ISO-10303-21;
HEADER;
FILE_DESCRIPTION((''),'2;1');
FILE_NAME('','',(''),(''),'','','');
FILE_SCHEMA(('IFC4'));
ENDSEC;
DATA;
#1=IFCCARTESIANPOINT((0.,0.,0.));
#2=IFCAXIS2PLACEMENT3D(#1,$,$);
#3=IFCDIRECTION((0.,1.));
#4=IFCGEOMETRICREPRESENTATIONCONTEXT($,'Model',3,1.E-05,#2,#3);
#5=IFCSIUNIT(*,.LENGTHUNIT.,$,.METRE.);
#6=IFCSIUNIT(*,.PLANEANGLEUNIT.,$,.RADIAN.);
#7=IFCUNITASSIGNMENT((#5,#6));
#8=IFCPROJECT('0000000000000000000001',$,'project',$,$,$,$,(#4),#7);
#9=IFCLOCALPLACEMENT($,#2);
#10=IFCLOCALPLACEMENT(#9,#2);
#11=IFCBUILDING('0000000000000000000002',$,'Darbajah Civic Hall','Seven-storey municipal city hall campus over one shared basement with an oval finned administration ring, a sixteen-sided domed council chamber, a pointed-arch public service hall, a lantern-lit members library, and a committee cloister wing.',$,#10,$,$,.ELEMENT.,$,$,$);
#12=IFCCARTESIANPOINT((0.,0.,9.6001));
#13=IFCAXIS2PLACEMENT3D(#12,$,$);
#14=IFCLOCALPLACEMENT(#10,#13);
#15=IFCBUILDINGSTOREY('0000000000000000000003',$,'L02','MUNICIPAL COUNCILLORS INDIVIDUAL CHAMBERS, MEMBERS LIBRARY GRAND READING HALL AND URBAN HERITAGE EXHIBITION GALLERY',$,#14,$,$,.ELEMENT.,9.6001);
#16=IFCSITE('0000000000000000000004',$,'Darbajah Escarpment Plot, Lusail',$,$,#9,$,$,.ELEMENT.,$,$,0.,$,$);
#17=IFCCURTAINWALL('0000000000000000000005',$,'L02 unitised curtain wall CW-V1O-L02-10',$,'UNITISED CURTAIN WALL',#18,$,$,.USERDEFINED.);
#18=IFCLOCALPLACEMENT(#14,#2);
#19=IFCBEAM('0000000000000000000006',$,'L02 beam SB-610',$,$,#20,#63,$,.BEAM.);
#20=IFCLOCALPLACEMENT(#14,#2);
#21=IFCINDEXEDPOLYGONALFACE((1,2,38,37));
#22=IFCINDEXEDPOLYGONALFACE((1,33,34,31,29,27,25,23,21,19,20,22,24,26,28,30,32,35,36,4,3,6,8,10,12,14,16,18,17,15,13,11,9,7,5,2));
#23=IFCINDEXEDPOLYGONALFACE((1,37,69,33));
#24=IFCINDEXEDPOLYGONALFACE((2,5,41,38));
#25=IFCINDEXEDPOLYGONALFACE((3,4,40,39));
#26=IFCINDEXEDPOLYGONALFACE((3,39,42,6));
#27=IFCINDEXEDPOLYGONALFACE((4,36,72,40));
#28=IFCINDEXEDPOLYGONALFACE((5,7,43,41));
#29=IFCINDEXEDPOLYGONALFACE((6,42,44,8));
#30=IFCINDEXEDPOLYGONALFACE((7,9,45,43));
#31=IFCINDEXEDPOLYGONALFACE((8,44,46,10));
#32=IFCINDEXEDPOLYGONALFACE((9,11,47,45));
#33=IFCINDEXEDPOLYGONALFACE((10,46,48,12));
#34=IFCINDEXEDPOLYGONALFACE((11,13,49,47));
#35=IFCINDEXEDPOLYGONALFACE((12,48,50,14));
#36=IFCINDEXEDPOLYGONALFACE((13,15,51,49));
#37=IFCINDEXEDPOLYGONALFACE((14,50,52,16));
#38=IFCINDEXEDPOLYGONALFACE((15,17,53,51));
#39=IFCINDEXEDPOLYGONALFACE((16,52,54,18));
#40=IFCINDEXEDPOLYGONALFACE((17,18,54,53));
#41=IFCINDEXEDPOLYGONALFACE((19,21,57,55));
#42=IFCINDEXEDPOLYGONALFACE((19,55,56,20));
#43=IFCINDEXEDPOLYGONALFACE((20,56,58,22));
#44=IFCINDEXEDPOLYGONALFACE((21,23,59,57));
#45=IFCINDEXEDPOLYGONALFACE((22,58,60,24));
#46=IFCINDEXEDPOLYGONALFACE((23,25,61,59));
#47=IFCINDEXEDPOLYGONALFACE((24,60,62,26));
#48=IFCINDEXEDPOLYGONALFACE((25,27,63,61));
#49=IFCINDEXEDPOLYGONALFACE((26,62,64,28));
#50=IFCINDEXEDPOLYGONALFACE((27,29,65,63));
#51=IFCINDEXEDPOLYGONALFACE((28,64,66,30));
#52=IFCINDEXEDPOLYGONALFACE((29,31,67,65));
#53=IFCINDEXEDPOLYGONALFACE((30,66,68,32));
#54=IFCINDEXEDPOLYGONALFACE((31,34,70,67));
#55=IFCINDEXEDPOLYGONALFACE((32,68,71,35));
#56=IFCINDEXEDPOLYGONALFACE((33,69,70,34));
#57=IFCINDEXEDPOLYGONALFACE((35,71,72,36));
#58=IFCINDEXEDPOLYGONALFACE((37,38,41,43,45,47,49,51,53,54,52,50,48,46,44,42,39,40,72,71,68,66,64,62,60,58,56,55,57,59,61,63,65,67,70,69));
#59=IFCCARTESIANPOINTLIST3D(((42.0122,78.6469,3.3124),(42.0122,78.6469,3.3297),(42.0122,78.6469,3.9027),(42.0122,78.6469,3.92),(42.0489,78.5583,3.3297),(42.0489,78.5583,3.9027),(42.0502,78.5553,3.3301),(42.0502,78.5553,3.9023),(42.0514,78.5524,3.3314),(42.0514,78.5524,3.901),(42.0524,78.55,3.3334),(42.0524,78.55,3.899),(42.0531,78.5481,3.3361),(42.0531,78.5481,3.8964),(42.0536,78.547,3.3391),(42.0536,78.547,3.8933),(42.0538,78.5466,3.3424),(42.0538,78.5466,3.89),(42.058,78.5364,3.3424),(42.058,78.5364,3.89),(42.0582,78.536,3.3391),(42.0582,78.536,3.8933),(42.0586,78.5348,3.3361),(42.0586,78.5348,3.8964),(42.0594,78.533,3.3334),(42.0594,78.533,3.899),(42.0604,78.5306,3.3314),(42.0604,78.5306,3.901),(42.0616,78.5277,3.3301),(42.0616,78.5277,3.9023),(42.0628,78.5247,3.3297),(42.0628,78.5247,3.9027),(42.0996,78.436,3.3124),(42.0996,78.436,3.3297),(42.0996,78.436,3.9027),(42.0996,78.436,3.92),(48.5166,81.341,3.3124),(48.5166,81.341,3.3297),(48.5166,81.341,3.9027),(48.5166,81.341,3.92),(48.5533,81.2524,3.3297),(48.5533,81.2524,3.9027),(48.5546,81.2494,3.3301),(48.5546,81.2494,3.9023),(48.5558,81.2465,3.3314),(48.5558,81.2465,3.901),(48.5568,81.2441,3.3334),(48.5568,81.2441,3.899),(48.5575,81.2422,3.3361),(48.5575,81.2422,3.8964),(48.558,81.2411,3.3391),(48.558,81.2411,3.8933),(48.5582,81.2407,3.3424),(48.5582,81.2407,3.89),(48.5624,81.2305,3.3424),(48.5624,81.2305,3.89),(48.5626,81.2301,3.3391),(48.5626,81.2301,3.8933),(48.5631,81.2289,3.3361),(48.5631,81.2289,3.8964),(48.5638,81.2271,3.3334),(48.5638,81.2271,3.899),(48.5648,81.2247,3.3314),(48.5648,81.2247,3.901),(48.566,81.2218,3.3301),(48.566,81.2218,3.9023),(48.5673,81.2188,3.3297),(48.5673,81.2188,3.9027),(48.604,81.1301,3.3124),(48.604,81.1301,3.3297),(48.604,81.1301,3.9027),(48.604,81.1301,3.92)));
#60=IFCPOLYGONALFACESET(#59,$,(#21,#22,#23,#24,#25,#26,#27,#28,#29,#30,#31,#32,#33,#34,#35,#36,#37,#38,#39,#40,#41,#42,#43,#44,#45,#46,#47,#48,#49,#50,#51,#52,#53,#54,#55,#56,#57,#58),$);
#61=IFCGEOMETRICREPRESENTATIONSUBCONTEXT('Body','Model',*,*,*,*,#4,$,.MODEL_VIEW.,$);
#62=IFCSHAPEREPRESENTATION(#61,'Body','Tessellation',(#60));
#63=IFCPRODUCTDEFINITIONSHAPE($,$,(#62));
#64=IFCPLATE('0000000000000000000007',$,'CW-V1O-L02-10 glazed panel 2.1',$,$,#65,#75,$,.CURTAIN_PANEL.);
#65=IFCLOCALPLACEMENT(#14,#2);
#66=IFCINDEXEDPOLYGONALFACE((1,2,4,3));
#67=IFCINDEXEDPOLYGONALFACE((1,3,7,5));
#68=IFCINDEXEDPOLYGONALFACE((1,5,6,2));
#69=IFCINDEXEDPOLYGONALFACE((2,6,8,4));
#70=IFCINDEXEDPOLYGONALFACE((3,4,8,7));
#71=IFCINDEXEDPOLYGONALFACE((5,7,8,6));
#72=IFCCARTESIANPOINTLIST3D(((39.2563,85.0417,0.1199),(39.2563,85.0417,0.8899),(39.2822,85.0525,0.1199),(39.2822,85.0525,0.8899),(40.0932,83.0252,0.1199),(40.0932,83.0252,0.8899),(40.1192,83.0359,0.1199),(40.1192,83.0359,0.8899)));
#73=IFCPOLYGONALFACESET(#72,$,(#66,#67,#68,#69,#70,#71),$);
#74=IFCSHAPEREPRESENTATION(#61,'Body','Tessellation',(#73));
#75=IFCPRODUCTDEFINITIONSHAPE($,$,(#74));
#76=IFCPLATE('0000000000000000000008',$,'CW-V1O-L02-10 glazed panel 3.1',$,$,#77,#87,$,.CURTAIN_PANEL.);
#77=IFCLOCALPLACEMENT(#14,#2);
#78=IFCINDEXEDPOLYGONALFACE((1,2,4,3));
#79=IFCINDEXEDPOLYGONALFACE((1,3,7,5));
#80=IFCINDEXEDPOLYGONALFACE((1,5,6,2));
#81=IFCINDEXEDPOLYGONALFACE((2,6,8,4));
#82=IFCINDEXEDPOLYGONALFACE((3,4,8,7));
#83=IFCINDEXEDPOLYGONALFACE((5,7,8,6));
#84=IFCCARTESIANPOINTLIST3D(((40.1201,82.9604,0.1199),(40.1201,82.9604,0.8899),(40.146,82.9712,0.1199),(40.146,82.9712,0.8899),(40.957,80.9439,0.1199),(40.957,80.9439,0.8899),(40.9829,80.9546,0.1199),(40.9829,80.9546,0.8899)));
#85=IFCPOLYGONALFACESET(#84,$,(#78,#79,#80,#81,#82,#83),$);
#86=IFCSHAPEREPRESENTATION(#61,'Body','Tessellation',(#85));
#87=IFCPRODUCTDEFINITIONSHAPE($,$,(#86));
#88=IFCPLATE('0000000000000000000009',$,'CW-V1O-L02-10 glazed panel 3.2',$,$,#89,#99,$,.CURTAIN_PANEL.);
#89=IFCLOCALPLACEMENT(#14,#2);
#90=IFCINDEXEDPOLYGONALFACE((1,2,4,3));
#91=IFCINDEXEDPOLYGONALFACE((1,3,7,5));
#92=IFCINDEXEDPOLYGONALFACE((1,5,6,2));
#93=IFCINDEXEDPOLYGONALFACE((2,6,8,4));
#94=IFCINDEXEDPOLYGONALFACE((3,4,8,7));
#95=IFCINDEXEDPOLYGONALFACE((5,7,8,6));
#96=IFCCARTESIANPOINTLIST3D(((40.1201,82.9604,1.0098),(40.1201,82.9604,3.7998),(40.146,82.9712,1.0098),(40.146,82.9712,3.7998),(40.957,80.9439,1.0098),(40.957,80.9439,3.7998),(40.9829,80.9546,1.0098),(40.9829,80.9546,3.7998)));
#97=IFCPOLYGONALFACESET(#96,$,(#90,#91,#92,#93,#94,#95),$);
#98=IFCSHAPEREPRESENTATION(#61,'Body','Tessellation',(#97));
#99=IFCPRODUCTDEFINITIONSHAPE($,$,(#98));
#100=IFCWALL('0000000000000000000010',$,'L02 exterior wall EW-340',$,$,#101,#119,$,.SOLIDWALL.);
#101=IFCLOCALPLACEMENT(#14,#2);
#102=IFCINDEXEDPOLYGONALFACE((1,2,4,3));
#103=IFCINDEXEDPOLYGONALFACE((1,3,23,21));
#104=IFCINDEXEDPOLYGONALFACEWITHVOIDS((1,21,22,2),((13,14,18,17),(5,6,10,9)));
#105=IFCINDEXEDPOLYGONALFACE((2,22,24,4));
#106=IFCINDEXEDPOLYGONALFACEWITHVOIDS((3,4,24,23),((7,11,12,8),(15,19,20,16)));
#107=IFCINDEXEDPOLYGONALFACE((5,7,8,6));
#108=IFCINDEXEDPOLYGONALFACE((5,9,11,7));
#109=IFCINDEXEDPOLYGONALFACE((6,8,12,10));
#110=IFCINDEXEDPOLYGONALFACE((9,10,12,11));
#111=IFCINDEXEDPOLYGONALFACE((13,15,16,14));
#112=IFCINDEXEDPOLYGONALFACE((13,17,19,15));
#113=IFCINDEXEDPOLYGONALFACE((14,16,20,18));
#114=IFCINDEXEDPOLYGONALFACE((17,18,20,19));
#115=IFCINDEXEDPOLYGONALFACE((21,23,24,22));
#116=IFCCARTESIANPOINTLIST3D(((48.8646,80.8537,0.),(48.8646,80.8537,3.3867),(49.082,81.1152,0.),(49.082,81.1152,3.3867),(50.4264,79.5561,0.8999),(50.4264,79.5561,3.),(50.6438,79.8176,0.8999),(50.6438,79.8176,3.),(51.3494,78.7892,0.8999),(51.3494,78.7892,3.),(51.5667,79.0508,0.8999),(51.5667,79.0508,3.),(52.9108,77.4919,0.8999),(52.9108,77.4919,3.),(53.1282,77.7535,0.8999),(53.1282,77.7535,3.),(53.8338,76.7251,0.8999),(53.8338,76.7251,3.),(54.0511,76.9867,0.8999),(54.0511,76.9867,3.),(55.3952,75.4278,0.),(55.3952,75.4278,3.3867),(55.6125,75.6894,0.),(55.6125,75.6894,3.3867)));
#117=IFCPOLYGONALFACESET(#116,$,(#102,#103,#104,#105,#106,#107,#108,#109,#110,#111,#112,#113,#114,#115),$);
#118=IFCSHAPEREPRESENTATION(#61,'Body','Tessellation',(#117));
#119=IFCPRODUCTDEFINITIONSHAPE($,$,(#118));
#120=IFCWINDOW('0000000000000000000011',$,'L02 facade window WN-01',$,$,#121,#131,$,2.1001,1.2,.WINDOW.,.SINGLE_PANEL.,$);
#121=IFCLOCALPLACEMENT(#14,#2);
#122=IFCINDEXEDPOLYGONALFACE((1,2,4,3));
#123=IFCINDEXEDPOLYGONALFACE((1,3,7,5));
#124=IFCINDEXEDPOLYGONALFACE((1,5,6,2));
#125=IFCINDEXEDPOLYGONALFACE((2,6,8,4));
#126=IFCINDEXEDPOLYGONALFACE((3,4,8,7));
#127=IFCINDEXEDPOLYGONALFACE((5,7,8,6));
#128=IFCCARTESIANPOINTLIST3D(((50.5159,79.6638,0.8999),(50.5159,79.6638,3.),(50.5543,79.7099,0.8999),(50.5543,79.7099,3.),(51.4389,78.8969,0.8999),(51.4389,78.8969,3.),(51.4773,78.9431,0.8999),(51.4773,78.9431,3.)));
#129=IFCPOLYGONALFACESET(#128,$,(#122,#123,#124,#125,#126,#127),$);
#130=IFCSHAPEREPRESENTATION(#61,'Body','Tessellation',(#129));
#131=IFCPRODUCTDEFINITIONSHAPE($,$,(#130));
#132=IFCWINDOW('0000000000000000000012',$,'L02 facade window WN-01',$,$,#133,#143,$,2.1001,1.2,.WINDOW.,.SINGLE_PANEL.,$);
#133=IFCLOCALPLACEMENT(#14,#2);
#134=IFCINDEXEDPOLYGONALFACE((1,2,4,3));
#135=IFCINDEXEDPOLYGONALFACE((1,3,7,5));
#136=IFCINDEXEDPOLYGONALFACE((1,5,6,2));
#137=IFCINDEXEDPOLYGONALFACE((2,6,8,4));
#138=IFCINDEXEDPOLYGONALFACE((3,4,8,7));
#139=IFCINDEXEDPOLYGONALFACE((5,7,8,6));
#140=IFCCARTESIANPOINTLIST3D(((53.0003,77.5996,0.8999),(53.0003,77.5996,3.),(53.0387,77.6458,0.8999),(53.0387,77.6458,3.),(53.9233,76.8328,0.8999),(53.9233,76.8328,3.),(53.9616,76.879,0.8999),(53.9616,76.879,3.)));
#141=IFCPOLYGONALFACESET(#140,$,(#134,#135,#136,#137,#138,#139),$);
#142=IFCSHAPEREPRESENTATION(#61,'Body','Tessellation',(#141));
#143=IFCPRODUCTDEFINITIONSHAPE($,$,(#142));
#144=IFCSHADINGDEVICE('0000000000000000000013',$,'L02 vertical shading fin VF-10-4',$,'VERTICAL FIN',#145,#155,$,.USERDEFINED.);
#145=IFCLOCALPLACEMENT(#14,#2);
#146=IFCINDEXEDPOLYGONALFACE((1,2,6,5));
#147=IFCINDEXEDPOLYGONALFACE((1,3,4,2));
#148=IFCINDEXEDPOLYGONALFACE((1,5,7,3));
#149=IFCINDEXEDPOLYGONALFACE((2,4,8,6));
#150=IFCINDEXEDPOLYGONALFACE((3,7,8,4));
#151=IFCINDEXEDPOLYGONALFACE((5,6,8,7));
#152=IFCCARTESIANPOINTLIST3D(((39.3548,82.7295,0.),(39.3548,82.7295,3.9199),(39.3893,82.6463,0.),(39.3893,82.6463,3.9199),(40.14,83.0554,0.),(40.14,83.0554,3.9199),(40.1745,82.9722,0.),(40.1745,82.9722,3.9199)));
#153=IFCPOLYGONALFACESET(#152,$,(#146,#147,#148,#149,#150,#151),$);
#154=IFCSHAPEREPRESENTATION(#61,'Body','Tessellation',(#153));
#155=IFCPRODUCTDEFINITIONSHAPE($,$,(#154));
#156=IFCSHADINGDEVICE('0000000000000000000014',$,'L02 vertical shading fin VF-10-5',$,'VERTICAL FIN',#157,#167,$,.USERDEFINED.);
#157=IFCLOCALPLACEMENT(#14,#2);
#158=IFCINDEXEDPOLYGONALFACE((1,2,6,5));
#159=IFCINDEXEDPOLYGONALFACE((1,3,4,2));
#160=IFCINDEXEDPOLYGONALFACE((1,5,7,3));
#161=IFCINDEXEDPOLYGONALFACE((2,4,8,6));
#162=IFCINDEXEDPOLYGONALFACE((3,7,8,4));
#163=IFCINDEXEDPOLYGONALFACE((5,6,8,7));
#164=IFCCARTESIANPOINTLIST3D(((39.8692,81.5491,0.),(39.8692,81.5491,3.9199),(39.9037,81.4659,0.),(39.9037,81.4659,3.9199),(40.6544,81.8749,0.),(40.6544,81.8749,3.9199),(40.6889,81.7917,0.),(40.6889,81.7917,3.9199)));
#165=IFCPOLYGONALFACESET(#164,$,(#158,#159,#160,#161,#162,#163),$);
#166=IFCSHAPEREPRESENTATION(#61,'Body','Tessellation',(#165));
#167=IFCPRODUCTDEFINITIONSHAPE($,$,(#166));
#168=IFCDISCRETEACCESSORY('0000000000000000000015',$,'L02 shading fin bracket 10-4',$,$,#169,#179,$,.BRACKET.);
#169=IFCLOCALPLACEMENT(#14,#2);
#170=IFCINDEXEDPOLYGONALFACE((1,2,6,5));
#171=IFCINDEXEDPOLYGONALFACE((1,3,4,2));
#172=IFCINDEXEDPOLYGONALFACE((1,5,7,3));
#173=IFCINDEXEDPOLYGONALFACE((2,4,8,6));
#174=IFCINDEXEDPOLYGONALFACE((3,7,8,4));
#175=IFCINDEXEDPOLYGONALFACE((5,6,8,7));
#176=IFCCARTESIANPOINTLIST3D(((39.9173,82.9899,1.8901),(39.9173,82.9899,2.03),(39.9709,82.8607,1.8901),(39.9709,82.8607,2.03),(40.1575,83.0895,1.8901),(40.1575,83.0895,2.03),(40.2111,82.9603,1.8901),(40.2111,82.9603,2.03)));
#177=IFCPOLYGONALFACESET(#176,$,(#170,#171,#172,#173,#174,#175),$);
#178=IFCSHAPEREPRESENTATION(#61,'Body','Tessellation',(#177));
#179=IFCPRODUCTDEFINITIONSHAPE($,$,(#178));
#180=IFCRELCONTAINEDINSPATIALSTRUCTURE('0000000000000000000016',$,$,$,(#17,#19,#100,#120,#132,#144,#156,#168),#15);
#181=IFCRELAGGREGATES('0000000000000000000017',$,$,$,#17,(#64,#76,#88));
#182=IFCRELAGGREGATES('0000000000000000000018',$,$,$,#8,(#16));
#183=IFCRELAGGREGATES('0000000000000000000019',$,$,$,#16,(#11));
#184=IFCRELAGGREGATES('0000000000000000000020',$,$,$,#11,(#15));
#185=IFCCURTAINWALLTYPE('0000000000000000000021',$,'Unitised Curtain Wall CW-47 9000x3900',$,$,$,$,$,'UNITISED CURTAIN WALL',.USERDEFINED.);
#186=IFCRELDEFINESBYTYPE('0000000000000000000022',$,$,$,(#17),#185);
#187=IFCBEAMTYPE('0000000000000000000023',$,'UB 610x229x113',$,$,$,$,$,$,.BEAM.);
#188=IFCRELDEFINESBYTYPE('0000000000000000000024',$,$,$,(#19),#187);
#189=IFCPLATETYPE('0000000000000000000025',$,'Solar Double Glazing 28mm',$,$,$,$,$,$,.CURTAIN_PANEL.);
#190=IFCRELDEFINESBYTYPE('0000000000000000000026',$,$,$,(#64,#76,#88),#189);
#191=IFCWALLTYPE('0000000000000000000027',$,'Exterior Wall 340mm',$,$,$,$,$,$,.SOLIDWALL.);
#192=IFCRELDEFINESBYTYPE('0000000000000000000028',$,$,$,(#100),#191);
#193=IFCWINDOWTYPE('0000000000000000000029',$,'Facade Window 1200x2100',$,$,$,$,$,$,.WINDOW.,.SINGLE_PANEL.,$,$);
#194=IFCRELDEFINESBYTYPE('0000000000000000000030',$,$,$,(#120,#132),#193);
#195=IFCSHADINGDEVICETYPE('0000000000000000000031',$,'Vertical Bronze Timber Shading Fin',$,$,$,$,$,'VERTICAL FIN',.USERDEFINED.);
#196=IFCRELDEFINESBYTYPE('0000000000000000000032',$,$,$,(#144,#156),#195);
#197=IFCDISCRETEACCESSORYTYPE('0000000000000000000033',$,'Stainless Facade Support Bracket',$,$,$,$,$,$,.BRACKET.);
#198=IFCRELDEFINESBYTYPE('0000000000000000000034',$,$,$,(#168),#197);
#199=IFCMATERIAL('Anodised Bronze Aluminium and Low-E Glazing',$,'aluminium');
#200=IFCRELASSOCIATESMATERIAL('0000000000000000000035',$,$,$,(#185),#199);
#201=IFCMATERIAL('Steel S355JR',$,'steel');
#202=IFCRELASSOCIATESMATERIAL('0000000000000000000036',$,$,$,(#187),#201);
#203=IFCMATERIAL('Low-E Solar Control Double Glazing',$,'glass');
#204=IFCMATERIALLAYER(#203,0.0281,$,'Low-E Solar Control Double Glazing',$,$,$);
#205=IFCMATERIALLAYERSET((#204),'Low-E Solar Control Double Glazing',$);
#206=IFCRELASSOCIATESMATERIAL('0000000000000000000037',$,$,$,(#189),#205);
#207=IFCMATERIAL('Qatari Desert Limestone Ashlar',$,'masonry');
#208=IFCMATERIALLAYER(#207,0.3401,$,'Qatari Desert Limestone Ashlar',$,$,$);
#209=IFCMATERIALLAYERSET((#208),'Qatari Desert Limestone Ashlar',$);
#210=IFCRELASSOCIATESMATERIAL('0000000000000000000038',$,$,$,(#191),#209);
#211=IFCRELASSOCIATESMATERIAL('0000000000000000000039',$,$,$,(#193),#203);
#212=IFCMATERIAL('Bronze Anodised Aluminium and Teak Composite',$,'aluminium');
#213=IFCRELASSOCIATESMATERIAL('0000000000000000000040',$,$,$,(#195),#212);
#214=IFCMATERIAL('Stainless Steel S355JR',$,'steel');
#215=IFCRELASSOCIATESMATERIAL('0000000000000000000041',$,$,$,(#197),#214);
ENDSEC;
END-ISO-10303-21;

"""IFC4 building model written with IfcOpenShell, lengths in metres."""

from ifc_helpers import new_model, si_unit, direction, frame, frame_2d, origin, origin_2d, place, context, subcontext, project, spatial, rectangle, i_section, extrude, material, layer, layer_set, material_profile, profile_set, type_object, element, fill, aggregate, save


model = new_model("IFC4")

# Units and contexts
model_context = context("Model", 3, precision=1e-05, world=origin(), true_north=direction((0.0, 1.0)))
body_context = subcontext(model_context, "Body", "Model", "MODEL_VIEW")
ifc_project = project(units=[si_unit("LENGTHUNIT", "METRE"), si_unit("PLANEANGLEUNIT", "RADIAN")], contexts=[model_context])

# Site, building, storey
site_placement = place(None, origin())
site = spatial("IfcSite", under=ifc_project, at=site_placement, Name="Darbajah Escarpment Plot, Lusail", CompositionType="ELEMENT", RefElevation=0.0)
building_placement = place(site_placement, origin())
building = spatial("IfcBuilding", under=site, at=building_placement, Name="Darbajah Civic Hall", Description="Seven-storey municipal city hall campus over one shared basement with an oval finned administration ring, a sixteen-sided domed council chamber, a pointed-arch public service hall, a lantern-lit members library, and a committee cloister wing.", CompositionType="ELEMENT")
storey_placement = place(building_placement, frame((0.0, 0.0, 9.6001)))
storey = spatial("IfcBuildingStorey", under=building, at=storey_placement, Name="L02", Description="MUNICIPAL COUNCILLORS INDIVIDUAL CHAMBERS, MEMBERS LIBRARY GRAND READING HALL AND URBAN HERITAGE EXHIBITION GALLERY", CompositionType="ELEMENT", Elevation=9.6001)

# Curtain wall
ifc_material_1 = material(Name="Anodised Bronze Aluminium and Low-E Glazing", Category="aluminium")
curtain_wall_type = type_object("IfcCurtainWallType", Name="Unitised Curtain Wall CW-47 9000x3900", ElementType="UNITISED CURTAIN WALL", PredefinedType="USERDEFINED", material=ifc_material_1)
curtain_wall_placement = place(storey_placement, origin())
curtain_wall = element("IfcCurtainWall", 1, at=curtain_wall_placement, inside=storey, type_object=curtain_wall_type, Name="L02 unitised curtain wall CW-V1O-L02-10", ObjectType="UNITISED CURTAIN WALL", PredefinedType="USERDEFINED")

# Beam
ifc_material_2 = material(Name="Steel S355JR", Category="steel")
ifc_material_profile_1 = material_profile(ifc_material_2, i_section(OverallWidth=0.2283, OverallDepth=0.6077, WebThickness=0.011, FlangeThickness=0.0173, FilletRadius=0.0127, at=origin_2d()), Name="UB 610x229x113")
ifc_profile_set_1 = profile_set([ifc_material_profile_1], Name="Steel S355JR")
beam_type_1 = type_object("IfcBeamType", Name="UB 610x229x113", PredefinedType="BEAM", material=ifc_profile_set_1)
beam_1_placement = place(storey_placement, frame((48.5603, 81.2356, 3.6162), z_axis=(-0.923885, -0.382669, 0.0), x_axis=(0.382669, -0.923885, 0.0)))
element("IfcBeam", 2, at=beam_1_placement, inside=storey, type_object=beam_type_1, Name="L02 beam SB-610", PredefinedType="BEAM", context=body_context, shape_type="SweptSolid", body=[
    extrude(i_section(OverallWidth=0.2283, OverallDepth=0.6077, WebThickness=0.011, FlangeThickness=0.0173, FilletRadius=0.0127, at=origin_2d()), origin(), (0.0, 0.0, 1.0), 7.0403),
])

# Plates
ifc_material_3 = material(Name="Low-E Solar Control Double Glazing", Category="glass")
ifc_layer_1 = layer(ifc_material_3, 0.0281, Name="Low-E Solar Control Double Glazing")
ifc_layer_set_1 = layer_set([ifc_layer_1], Name="Low-E Solar Control Double Glazing")
plate_type = type_object("IfcPlateType", Name="Solar Double Glazing 28mm", PredefinedType="CURTAIN_PANEL", material=ifc_layer_set_1)
plate_1_placement = place(storey_placement, frame((39.6877, 84.0388, 0.1199), z_axis=(0.0, 0.0, 1.0), x_axis=(0.383328, -0.923612, 0.0)))
plate_1 = element("IfcPlate", 3, at=plate_1_placement, type_object=plate_type, Name="CW-V1O-L02-10 glazed panel 2.1", PredefinedType="CURTAIN_PANEL", context=body_context, shape_type="SweptSolid", body=[
    extrude(rectangle(XDim=2.1833, YDim=0.0281, at=origin_2d()), origin(), (0.0, 0.0, 1.0), 0.77),
])
plate_2_placement = place(storey_placement, frame((40.5515, 81.9575, 0.1199), z_axis=(0.0, 0.0, 1.0), x_axis=(0.383328, -0.923612, 0.0)))
plate_2 = element("IfcPlate", 4, at=plate_2_placement, type_object=plate_type, Name="CW-V1O-L02-10 glazed panel 3.1", PredefinedType="CURTAIN_PANEL", context=body_context, shape_type="SweptSolid", body=[
    extrude(rectangle(XDim=2.1833, YDim=0.0281, at=origin_2d()), origin(), (0.0, 0.0, 1.0), 0.77),
])
plate_3_placement = place(storey_placement, frame((40.5515, 81.9575, 1.0098), z_axis=(0.0, 0.0, 1.0), x_axis=(0.383328, -0.923612, 0.0)))
plate_3 = element("IfcPlate", 5, at=plate_3_placement, type_object=plate_type, Name="CW-V1O-L02-10 glazed panel 3.2", PredefinedType="CURTAIN_PANEL", context=body_context, shape_type="SweptSolid", body=[
    extrude(rectangle(XDim=2.1833, YDim=0.0281, at=origin_2d()), origin(), (0.0, 0.0, 1.0), 2.79),
])
aggregate(curtain_wall, [plate_1, plate_2, plate_3])

# Wall, openings, windows
ifc_material_4 = material(Name="Qatari Desert Limestone Ashlar", Category="masonry")
ifc_layer_2 = layer(ifc_material_4, 0.3401, Name="Qatari Desert Limestone Ashlar")
ifc_layer_set_2 = layer_set([ifc_layer_2], Name="Qatari Desert Limestone Ashlar")
wall_type = type_object("IfcWallType", Name="Exterior Wall 340mm", PredefinedType="SOLIDWALL", material=ifc_layer_set_2)
wall_placement = place(storey_placement, frame((48.9734, 80.9844, 0.0), z_axis=(0.0, 0.0, 1.0), x_axis=(0.769166, -0.63905, 0.0)))
wall = element("IfcWall", 6, at=wall_placement, inside=storey, type_object=wall_type, Name="L02 exterior wall EW-340", PredefinedType="SOLIDWALL", context=body_context, shape_type="SweptSolid", body=[
    extrude(rectangle(XDim=8.4905, YDim=0.3401, at=frame_2d((4.2451, 0.0))), origin(), (0.0, 0.0, 1.0), 3.3867),
])
opening_1_placement = place(wall_placement, frame((2.0303, 0.0, 0.8999)))
opening_1 = element("IfcOpeningElement", 7, at=opening_1_placement, cuts=wall, PredefinedType="OPENING", context=body_context, shape_type="SweptSolid", body=[
    extrude(rectangle(XDim=1.2, YDim=2.1001, at=frame_2d((0.6001, 1.05))), frame((0.0, 0.1799, 0.0), z_axis=(0.0, -1.0, 0.0), x_axis=(1.0, 0.0, 0.0)), (0.0, 0.0, 1.0), 0.3601),
])
opening_2_placement = place(wall_placement, frame((5.2603, 0.0, 0.8999)))
opening_2 = element("IfcOpeningElement", 8, at=opening_2_placement, cuts=wall, PredefinedType="OPENING", context=body_context, shape_type="SweptSolid", body=[
    extrude(rectangle(XDim=1.2, YDim=2.1001, at=frame_2d((0.6001, 1.05))), frame((0.0, 0.1799, 0.0), z_axis=(0.0, -1.0, 0.0), x_axis=(1.0, 0.0, 0.0)), (0.0, 0.0, 1.0), 0.3601),
])
window_type = type_object("IfcWindowType", Name="Facade Window 1200x2100", PartitioningType="SINGLE_PANEL", PredefinedType="WINDOW", material=ifc_material_3)
window_1_placement = place(opening_1_placement, origin())
window_1 = element("IfcWindow", 9, at=window_1_placement, inside=storey, type_object=window_type, Name="L02 facade window WN-01", OverallHeight=2.1001, OverallWidth=1.2, PartitioningType="SINGLE_PANEL", PredefinedType="WINDOW", context=body_context, shape_type="SweptSolid", body=[
    extrude(rectangle(XDim=1.2, YDim=2.1001, at=frame_2d((0.6001, 1.05))), frame((0.0, 0.03, 0.0), z_axis=(0.0, -1.0, 0.0), x_axis=(1.0, 0.0, 0.0)), (0.0, 0.0, 1.0), 0.0601),
])
fill(opening_1, window_1)
window_2_placement = place(opening_2_placement, origin())
window_2 = element("IfcWindow", 10, at=window_2_placement, inside=storey, type_object=window_type, Name="L02 facade window WN-01", OverallHeight=2.1001, OverallWidth=1.2, PartitioningType="SINGLE_PANEL", PredefinedType="WINDOW", context=body_context, shape_type="SweptSolid", body=[
    extrude(rectangle(XDim=1.2, YDim=2.1001, at=frame_2d((0.6001, 1.05))), frame((0.0, 0.03, 0.0), z_axis=(0.0, -1.0, 0.0), x_axis=(1.0, 0.0, 0.0)), (0.0, 0.0, 1.0), 0.0601),
])
fill(opening_2, window_2)

# Shading devices
ifc_material_5 = material(Name="Bronze Anodised Aluminium and Teak Composite", Category="aluminium")
shading_device_type = type_object("IfcShadingDeviceType", Name="Vertical Bronze Timber Shading Fin", ElementType="VERTICAL FIN", PredefinedType="USERDEFINED", material=ifc_material_5)
for number, where, z_axis, x_axis, name in (
    (11, (39.7646, 82.8508, 0.0), (0.0, 0.0, 1.0), (-0.923612, -0.383328, 0.0), "L02 vertical shading fin VF-10-4"),
    (12, (40.2791, 81.6704, 0.0), (0.0, 0.0, 1.0), (-0.923612, -0.383328, 0.0), "L02 vertical shading fin VF-10-5"),
):
    element("IfcShadingDevice", number, at=place(storey_placement, frame(where, z_axis=z_axis, x_axis=x_axis)), inside=storey, type_object=shading_device_type, Name=name, ObjectType="VERTICAL FIN", PredefinedType="USERDEFINED", context=body_context, shape_type="SweptSolid", body=[
        extrude(rectangle(XDim=0.8501, YDim=0.0901, at=origin_2d()), origin(), (0.0, 0.0, 1.0), 3.9199),
    ])

# Discrete accessory
ifc_material_6 = material(Name="Stainless Steel S355JR", Category="steel")
discrete_accessory_type = type_object("IfcDiscreteAccessoryType", Name="Stainless Facade Support Bracket", PredefinedType="BRACKET", material=ifc_material_6)
for number, where, z_axis, x_axis, name in (
    (13, (40.0642, 82.9751, 1.8901), (0.0, 0.0, 1.0), (-0.923612, -0.383328, 0.0), "L02 shading fin bracket 10-4"),
):
    element("IfcDiscreteAccessory", number, at=place(storey_placement, frame(where, z_axis=z_axis, x_axis=x_axis)), inside=storey, type_object=discrete_accessory_type, Name=name, PredefinedType="BRACKET", context=body_context, shape_type="SweptSolid", body=[
        extrude(rectangle(XDim=0.26, YDim=0.1399, at=origin_2d()), origin(), (0.0, 0.0, 1.0), 0.1399),
    ])

save(model, "model.ifc")
